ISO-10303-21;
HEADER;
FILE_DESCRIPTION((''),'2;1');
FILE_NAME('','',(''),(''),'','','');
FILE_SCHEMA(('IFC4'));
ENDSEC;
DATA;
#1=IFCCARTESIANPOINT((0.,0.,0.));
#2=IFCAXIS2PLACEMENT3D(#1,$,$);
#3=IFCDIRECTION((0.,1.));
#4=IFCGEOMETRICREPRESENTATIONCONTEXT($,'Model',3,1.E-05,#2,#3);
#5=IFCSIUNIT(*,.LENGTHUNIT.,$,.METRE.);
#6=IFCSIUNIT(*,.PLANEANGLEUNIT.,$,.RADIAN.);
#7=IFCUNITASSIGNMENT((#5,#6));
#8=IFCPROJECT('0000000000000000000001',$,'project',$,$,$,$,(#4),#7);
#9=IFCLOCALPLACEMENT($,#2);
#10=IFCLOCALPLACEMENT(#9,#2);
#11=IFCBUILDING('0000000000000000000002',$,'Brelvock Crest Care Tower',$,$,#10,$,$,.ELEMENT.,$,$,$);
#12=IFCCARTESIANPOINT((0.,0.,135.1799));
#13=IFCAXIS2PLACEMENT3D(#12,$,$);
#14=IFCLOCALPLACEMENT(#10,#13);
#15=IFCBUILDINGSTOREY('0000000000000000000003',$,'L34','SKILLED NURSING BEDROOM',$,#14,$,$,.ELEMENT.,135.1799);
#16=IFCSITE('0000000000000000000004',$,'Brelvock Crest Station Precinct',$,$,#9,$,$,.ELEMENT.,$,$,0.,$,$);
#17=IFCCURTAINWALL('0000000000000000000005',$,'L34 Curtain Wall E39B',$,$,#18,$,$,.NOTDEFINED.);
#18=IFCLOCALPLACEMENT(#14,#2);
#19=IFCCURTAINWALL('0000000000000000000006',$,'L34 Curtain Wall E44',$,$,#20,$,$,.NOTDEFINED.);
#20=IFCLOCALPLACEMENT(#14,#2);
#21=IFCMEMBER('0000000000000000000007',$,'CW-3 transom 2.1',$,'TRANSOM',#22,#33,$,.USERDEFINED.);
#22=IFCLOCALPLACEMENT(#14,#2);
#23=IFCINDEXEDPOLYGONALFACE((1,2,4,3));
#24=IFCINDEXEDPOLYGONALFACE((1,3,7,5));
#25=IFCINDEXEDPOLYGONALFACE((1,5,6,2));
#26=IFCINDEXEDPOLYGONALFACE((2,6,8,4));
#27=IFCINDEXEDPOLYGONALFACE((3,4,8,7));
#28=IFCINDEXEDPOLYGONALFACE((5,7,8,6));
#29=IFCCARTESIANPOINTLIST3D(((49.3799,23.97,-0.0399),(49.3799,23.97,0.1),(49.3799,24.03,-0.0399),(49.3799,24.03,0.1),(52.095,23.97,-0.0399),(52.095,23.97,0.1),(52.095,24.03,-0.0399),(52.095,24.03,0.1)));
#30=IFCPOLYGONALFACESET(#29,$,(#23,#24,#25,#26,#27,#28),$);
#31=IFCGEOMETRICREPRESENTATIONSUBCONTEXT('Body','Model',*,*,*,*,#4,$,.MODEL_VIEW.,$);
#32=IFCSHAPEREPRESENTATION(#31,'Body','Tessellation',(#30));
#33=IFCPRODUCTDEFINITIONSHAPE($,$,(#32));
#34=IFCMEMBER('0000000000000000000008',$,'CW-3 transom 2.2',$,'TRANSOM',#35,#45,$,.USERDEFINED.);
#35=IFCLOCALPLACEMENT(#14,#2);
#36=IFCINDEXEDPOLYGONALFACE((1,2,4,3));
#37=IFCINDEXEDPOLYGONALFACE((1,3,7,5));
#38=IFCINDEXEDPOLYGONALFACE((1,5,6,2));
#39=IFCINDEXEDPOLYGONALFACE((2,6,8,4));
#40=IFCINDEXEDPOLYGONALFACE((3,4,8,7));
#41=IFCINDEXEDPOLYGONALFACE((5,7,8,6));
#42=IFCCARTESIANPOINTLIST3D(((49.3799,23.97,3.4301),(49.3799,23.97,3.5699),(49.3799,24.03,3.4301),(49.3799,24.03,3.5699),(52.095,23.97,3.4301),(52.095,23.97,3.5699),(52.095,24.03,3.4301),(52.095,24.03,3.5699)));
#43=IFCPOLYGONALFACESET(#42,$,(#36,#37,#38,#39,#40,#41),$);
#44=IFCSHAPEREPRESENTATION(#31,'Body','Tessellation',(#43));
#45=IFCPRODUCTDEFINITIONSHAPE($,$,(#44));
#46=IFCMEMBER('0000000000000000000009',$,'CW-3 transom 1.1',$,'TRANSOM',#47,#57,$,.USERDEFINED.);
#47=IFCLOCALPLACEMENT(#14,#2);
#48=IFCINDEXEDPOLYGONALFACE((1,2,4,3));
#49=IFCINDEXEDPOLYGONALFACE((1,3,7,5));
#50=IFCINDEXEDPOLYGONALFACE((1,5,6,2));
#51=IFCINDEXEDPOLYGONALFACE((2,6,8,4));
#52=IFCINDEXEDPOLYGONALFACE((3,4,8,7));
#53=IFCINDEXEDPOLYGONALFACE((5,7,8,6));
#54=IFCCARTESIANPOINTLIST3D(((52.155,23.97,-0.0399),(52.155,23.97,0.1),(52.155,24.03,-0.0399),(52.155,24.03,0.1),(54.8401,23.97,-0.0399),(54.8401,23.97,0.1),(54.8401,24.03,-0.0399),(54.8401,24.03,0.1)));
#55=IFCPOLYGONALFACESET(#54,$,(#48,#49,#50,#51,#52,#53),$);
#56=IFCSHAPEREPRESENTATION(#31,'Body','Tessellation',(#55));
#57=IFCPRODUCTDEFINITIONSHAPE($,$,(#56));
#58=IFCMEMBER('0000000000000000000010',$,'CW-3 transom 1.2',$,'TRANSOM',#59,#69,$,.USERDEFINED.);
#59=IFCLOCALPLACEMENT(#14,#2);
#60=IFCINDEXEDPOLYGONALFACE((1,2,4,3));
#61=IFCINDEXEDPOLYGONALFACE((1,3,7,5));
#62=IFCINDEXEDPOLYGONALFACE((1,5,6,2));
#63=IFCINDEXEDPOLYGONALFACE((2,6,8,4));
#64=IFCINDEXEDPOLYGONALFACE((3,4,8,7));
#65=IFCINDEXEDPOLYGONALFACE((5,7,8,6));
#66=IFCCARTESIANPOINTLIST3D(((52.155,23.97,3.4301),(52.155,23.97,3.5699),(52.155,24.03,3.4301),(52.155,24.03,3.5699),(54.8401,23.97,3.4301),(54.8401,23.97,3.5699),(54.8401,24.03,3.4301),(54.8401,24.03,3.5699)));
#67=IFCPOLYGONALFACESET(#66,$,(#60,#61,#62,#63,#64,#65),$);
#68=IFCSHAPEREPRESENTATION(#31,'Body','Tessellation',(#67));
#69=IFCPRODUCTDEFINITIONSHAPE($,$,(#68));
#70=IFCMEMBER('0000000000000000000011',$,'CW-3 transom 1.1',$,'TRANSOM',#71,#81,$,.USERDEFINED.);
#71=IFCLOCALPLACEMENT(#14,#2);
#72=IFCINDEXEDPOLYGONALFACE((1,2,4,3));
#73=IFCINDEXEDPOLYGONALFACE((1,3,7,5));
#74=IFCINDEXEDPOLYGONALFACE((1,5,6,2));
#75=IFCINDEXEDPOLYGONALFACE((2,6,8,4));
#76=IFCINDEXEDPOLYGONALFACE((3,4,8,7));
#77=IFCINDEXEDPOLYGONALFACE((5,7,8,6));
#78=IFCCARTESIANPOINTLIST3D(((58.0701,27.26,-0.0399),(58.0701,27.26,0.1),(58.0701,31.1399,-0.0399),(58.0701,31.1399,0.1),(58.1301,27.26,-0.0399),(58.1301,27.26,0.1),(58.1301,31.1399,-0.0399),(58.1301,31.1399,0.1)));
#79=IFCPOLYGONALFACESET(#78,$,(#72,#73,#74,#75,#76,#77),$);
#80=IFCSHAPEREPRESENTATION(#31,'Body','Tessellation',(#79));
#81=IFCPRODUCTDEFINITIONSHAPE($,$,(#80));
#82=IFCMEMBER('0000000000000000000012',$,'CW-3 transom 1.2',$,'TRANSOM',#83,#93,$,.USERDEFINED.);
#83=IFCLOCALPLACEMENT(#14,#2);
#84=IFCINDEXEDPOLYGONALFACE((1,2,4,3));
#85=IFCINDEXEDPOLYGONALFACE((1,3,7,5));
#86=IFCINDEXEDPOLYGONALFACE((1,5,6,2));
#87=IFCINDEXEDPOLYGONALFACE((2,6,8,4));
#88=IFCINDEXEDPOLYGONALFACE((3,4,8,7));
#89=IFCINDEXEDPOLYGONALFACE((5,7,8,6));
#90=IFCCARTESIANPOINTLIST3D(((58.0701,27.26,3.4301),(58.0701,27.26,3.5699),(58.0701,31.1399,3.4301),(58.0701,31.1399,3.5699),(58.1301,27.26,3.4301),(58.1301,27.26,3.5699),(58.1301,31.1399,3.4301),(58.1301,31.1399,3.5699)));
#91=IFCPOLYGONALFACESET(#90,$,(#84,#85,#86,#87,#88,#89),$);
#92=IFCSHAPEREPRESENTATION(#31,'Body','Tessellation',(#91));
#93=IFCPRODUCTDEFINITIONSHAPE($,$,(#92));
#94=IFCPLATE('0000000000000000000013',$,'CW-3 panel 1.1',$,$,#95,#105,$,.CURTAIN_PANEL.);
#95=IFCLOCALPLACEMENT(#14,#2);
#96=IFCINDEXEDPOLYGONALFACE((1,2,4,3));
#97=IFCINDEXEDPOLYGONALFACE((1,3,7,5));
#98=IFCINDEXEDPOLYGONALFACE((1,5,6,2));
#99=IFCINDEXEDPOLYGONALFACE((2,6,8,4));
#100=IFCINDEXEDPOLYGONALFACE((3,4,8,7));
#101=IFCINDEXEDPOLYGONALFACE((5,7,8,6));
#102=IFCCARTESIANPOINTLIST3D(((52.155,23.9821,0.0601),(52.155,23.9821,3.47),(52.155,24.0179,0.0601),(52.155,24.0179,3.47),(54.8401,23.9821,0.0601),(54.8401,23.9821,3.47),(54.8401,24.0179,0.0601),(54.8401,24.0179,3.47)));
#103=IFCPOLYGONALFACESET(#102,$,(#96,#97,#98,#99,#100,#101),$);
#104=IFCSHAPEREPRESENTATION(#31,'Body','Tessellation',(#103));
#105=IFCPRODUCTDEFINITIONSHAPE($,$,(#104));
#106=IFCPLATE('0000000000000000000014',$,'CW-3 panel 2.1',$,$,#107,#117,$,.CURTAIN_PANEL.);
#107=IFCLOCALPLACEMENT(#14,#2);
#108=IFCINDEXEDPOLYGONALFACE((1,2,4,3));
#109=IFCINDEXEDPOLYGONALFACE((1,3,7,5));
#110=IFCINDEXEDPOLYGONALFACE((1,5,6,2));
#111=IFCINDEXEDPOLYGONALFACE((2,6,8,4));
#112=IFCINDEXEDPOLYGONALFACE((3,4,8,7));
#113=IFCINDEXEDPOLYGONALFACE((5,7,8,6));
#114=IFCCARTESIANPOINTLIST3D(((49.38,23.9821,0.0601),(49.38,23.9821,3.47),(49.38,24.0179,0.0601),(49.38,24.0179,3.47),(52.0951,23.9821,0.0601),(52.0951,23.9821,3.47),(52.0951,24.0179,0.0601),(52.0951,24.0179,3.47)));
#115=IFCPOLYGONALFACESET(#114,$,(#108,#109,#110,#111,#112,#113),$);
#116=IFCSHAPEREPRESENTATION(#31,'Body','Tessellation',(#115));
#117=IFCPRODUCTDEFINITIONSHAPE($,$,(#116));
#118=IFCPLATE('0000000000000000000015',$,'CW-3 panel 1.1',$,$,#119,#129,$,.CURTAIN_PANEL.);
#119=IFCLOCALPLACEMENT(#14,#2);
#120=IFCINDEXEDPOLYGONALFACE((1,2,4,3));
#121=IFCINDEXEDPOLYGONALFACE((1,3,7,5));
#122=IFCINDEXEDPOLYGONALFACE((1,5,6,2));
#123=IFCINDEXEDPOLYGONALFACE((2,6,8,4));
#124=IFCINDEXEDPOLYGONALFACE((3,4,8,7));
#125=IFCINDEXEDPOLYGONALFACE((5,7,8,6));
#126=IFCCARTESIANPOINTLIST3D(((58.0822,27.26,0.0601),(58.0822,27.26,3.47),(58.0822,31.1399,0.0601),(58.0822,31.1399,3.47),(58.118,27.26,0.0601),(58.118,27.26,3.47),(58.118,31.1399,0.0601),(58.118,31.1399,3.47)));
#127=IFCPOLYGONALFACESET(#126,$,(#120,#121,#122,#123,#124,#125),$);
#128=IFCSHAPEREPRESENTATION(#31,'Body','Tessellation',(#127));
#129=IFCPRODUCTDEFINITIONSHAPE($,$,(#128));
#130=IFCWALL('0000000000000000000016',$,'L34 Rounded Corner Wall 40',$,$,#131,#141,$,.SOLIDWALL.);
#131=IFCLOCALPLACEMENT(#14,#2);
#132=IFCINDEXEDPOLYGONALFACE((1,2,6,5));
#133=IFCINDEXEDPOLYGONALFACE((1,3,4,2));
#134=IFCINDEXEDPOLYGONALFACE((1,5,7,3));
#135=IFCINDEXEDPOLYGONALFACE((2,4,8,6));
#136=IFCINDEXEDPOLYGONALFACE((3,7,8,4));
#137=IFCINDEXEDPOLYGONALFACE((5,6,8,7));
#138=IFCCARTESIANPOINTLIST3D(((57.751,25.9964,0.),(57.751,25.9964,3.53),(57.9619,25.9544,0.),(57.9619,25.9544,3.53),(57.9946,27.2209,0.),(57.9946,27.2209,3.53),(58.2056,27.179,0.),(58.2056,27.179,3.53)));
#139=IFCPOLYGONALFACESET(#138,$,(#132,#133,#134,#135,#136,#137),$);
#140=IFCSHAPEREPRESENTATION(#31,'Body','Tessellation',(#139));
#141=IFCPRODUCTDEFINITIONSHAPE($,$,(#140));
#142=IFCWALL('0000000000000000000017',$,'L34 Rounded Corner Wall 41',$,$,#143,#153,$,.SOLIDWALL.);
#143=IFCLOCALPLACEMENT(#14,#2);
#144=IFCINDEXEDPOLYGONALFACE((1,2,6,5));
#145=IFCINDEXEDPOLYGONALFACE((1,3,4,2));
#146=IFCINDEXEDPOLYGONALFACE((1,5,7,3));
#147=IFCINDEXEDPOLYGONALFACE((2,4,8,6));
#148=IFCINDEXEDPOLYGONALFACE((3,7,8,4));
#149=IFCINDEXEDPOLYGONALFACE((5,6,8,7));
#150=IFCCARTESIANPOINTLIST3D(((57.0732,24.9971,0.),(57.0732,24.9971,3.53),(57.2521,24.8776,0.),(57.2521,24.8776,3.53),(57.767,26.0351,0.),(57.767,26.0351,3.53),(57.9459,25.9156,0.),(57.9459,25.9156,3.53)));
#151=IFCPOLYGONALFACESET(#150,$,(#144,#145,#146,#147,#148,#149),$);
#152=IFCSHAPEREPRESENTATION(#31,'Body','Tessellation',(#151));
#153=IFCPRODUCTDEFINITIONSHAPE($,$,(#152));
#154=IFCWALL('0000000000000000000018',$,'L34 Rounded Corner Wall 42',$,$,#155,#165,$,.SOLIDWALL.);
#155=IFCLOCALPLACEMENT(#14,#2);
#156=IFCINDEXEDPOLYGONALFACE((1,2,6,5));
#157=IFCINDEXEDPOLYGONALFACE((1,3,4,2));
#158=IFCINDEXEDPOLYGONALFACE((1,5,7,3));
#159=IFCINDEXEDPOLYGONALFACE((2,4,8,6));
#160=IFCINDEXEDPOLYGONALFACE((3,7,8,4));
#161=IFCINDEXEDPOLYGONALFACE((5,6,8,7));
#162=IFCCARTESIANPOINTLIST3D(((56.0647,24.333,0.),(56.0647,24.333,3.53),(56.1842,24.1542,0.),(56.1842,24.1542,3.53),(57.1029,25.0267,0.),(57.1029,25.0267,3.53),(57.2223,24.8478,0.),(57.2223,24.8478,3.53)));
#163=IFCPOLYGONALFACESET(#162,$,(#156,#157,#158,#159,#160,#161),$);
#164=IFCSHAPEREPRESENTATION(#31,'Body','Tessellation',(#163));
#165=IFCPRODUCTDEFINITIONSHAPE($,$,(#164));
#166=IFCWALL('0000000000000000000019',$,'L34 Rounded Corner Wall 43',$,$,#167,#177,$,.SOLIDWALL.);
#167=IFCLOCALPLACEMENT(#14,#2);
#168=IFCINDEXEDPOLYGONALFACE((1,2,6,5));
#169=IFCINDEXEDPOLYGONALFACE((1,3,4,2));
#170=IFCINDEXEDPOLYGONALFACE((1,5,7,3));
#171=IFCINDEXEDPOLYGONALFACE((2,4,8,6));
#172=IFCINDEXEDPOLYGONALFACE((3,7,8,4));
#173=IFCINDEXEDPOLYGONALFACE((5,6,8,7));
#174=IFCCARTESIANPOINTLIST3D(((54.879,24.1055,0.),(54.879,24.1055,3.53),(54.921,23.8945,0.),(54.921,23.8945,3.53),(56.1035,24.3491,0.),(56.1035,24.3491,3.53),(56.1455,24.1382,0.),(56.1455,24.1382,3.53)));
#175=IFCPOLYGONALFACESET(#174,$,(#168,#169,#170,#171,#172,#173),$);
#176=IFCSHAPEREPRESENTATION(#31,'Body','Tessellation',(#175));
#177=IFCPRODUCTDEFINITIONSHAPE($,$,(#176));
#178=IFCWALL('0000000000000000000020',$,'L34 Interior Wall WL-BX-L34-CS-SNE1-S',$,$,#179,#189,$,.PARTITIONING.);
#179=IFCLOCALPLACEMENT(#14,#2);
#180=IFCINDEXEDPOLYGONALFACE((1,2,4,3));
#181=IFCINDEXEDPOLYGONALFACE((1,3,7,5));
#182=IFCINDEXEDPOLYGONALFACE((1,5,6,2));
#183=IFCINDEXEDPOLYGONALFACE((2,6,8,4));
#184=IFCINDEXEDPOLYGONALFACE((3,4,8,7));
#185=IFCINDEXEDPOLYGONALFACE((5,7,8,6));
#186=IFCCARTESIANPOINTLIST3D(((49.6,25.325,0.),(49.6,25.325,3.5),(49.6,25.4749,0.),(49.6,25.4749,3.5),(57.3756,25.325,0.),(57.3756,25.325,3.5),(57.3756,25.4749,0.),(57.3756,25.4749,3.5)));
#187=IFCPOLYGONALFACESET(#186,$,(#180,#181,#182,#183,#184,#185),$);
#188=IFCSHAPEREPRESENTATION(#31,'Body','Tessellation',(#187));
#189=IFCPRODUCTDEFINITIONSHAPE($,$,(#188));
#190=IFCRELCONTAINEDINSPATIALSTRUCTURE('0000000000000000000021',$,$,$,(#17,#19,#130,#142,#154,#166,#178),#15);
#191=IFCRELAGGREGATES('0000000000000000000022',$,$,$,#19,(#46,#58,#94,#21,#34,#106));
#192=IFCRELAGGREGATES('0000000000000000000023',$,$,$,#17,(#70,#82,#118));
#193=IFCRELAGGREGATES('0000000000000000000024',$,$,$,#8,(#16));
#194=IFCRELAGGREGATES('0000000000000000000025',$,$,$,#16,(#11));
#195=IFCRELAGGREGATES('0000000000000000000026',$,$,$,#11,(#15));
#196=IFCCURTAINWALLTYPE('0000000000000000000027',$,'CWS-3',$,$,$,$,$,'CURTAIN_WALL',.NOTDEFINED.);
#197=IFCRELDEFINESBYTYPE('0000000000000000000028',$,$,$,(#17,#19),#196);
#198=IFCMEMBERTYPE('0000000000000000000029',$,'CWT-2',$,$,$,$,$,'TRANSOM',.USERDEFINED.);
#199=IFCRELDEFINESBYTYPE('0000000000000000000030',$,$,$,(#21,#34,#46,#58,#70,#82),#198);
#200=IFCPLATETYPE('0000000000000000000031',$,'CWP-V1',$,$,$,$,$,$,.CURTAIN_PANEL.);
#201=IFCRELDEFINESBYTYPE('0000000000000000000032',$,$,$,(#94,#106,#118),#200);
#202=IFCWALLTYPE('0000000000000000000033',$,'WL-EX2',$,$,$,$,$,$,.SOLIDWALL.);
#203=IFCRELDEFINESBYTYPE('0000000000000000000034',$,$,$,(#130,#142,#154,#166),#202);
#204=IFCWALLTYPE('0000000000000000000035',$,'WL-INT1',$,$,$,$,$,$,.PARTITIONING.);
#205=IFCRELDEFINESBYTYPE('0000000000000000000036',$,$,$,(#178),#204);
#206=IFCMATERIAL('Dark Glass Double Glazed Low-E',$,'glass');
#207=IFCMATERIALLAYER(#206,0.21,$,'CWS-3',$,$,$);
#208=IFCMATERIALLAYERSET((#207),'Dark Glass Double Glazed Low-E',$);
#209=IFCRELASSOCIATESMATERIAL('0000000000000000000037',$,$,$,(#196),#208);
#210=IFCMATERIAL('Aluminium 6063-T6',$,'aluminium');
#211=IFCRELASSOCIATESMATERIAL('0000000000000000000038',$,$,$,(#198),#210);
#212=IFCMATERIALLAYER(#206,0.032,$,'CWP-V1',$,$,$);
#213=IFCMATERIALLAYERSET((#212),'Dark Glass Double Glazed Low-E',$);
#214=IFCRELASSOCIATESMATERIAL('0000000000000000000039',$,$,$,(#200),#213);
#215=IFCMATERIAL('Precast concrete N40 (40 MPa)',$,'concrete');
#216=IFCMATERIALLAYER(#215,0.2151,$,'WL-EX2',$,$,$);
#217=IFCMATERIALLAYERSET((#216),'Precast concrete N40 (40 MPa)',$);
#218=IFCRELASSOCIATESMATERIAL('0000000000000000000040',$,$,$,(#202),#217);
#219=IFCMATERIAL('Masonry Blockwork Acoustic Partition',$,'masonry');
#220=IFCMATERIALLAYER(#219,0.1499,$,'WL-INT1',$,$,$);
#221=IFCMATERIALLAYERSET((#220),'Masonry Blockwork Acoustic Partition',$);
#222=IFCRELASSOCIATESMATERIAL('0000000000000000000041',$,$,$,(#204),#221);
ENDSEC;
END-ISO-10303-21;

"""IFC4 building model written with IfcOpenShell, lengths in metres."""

from ifc_helpers import new_model, si_unit, direction, frame, frame_2d, origin, origin_2d, place, context, subcontext, project, spatial, rectangle, extrude, source, transform, mapped, material, layer, layer_set, material_profile, profile_set, type_object, element, aggregate, save


model = new_model("IFC4")

# Units and contexts
model_context = context("Model", 3, precision=1e-05, world=origin(), true_north=direction((0.0, 1.0)))
body_context = subcontext(model_context, "Body", "Model", "MODEL_VIEW")
ifc_project = project(units=[si_unit("LENGTHUNIT", "METRE"), si_unit("PLANEANGLEUNIT", "RADIAN")], contexts=[model_context])

# Site, building, storey
site_placement = place(None, origin())
site = spatial("IfcSite", under=ifc_project, at=site_placement, Name="Brelvock Crest Station Precinct", CompositionType="ELEMENT", RefElevation=0.0)
building_placement = place(site_placement, origin())
building = spatial("IfcBuilding", under=site, at=building_placement, Name="Brelvock Crest Care Tower", CompositionType="ELEMENT")
storey_placement = place(building_placement, frame((0.0, 0.0, 135.1799)))
storey = spatial("IfcBuildingStorey", under=building, at=storey_placement, Name="L34", Description="SKILLED NURSING BEDROOM", CompositionType="ELEMENT", Elevation=135.1799)

# Curtain walls, members
ifc_material_1 = material(Name="Dark Glass Double Glazed Low-E", Category="glass")
ifc_layer_1 = layer(ifc_material_1, 0.21, Name="CWS-3")
ifc_layer_set_1 = layer_set([ifc_layer_1], Name="Dark Glass Double Glazed Low-E")
curtain_wall_type = type_object("IfcCurtainWallType", Name="CWS-3", ElementType="CURTAIN_WALL", PredefinedType="NOTDEFINED", material=ifc_layer_set_1)
curtain_wall_1_placement = place(storey_placement, origin())
curtain_wall_1 = element("IfcCurtainWall", 1, at=curtain_wall_1_placement, inside=storey, type_object=curtain_wall_type, Name="L34 Curtain Wall E39B", PredefinedType="NOTDEFINED")
ifc_material_2 = material(Name="Aluminium 6063-T6", Category="aluminium")
curtain_wall_2_placement = place(storey_placement, origin())
curtain_wall_2 = element("IfcCurtainWall", 2, at=curtain_wall_2_placement, inside=storey, type_object=curtain_wall_type, Name="L34 Curtain Wall E44", PredefinedType="NOTDEFINED")
ifc_material_profile_1 = material_profile(ifc_material_2, rectangle(XDim=0.0601, YDim=0.1399, at=origin_2d()), Name="ALU60x140")
ifc_profile_set_1 = profile_set([ifc_material_profile_1], Name="Aluminium 6063-T6")
member_type_1 = type_object("IfcMemberType", Name="CWT-2", ElementType="TRANSOM", PredefinedType="USERDEFINED", material=ifc_profile_set_1)
shared_shape_1 = source(origin(), body_context, "Body", "SweptSolid", [
    extrude(rectangle(XDim=0.0601, YDim=0.1399, at=origin_2d()), origin(), (0.0, 0.0, 1.0), 2.7151),
])
member_1_placement = place(storey_placement, frame((52.095, 24.0, 0.03), z_axis=(-1.0, 0.0, 0.0), x_axis=(0.0, -1.0, 0.0)))
member_1 = element("IfcMember", 3, at=member_1_placement, type_object=member_type_1, Name="CW-3 transom 2.1", ObjectType="TRANSOM", PredefinedType="USERDEFINED", context=body_context, shape_type="MappedRepresentation", body=[
    mapped(shared_shape_1, transform((0.0, 0.0, 0.0), x_axis=(1.0, 0.0, 0.0), y_axis=(0.0, 1.0, 0.0), z_axis=(0.0, 0.0, 1.0), scale=1.0)),
])
member_2_placement = place(storey_placement, frame((52.095, 24.0, 3.5), z_axis=(-1.0, 0.0, 0.0), x_axis=(0.0, -1.0, 0.0)))
member_2 = element("IfcMember", 4, at=member_2_placement, type_object=member_type_1, Name="CW-3 transom 2.2", ObjectType="TRANSOM", PredefinedType="USERDEFINED", context=body_context, shape_type="MappedRepresentation", body=[
    mapped(shared_shape_1, transform((0.0, 0.0, 0.0), x_axis=(1.0, 0.0, 0.0), y_axis=(0.0, 1.0, 0.0), z_axis=(0.0, 0.0, 1.0), scale=1.0)),
])
shared_shape_2 = source(origin(), body_context, "Body", "SweptSolid", [
    extrude(rectangle(XDim=0.0601, YDim=0.1399, at=origin_2d()), origin(), (0.0, 0.0, 1.0), 2.6851),
])
member_3_placement = place(storey_placement, frame((54.8401, 24.0, 0.03), z_axis=(-1.0, 0.0, 0.0), x_axis=(0.0, -1.0, 0.0)))
member_3 = element("IfcMember", 5, at=member_3_placement, type_object=member_type_1, Name="CW-3 transom 1.1", ObjectType="TRANSOM", PredefinedType="USERDEFINED", context=body_context, shape_type="MappedRepresentation", body=[
    mapped(shared_shape_2, transform((0.0, 0.0, 0.0), x_axis=(1.0, 0.0, 0.0), y_axis=(0.0, 1.0, 0.0), z_axis=(0.0, 0.0, 1.0), scale=1.0)),
])
member_4_placement = place(storey_placement, frame((54.8401, 24.0, 3.5), z_axis=(-1.0, 0.0, 0.0), x_axis=(0.0, -1.0, 0.0)))
member_4 = element("IfcMember", 6, at=member_4_placement, type_object=member_type_1, Name="CW-3 transom 1.2", ObjectType="TRANSOM", PredefinedType="USERDEFINED", context=body_context, shape_type="MappedRepresentation", body=[
    mapped(shared_shape_2, transform((0.0, 0.0, 0.0), x_axis=(1.0, 0.0, 0.0), y_axis=(0.0, 1.0, 0.0), z_axis=(0.0, 0.0, 1.0), scale=1.0)),
])

# Members
shared_shape_3 = source(origin(), body_context, "Body", "SweptSolid", [
    extrude(rectangle(XDim=0.0601, YDim=0.1399, at=origin_2d()), origin(), (0.0, 0.0, 1.0), 3.8799),
])
member_5_placement = place(storey_placement, frame((58.1001, 31.1399, 0.03), z_axis=(0.0, -1.0, 0.0), x_axis=(1.0, 0.0, 0.0)))
member_5 = element("IfcMember", 7, at=member_5_placement, type_object=member_type_1, Name="CW-3 transom 1.1", ObjectType="TRANSOM", PredefinedType="USERDEFINED", context=body_context, shape_type="MappedRepresentation", body=[
    mapped(shared_shape_3, transform((0.0, 0.0, 0.0), x_axis=(1.0, 0.0, 0.0), y_axis=(0.0, 1.0, 0.0), z_axis=(0.0, 0.0, 1.0), scale=1.0)),
])
member_6_placement = place(storey_placement, frame((58.1001, 31.1399, 3.5), z_axis=(0.0, -1.0, 0.0), x_axis=(1.0, 0.0, 0.0)))
member_6 = element("IfcMember", 8, at=member_6_placement, type_object=member_type_1, Name="CW-3 transom 1.2", ObjectType="TRANSOM", PredefinedType="USERDEFINED", context=body_context, shape_type="MappedRepresentation", body=[
    mapped(shared_shape_3, transform((0.0, 0.0, 0.0), x_axis=(1.0, 0.0, 0.0), y_axis=(0.0, 1.0, 0.0), z_axis=(0.0, 0.0, 1.0), scale=1.0)),
])

# Plates
ifc_layer_2 = layer(ifc_material_1, 0.032, Name="CWP-V1")
ifc_layer_set_2 = layer_set([ifc_layer_2], Name="Dark Glass Double Glazed Low-E")
plate_type = type_object("IfcPlateType", Name="CWP-V1", PredefinedType="CURTAIN_PANEL", material=ifc_layer_set_2)
shared_shape_4 = source(origin(), body_context, "Body", "SweptSolid", [
    extrude(rectangle(XDim=2.6851, YDim=0.0359, at=origin_2d()), origin(), (0.0, 0.0, 1.0), 3.4099),
])
plate_1_placement = place(storey_placement, frame((53.4976, 24.0, 0.0601), z_axis=(0.0, 0.0, 1.0), x_axis=(-1.0, 0.0, 0.0)))
plate_1 = element("IfcPlate", 9, at=plate_1_placement, type_object=plate_type, Name="CW-3 panel 1.1", PredefinedType="CURTAIN_PANEL", context=body_context, shape_type="MappedRepresentation", body=[
    mapped(shared_shape_4, transform((0.0, 0.0, 0.0), x_axis=(1.0, 0.0, 0.0), y_axis=(0.0, 1.0, 0.0), z_axis=(0.0, 0.0, 1.0), scale=1.0)),
])
shared_shape_5 = source(origin(), body_context, "Body", "SweptSolid", [
    extrude(rectangle(XDim=2.7151, YDim=0.0359, at=origin_2d()), origin(), (0.0, 0.0, 1.0), 3.4099),
])
plate_2_placement = place(storey_placement, frame((50.7375, 24.0, 0.0601), z_axis=(0.0, 0.0, 1.0), x_axis=(-1.0, 0.0, 0.0)))
plate_2 = element("IfcPlate", 10, at=plate_2_placement, type_object=plate_type, Name="CW-3 panel 2.1", PredefinedType="CURTAIN_PANEL", context=body_context, shape_type="MappedRepresentation", body=[
    mapped(shared_shape_5, transform((0.0, 0.0, 0.0), x_axis=(1.0, 0.0, 0.0), y_axis=(0.0, 1.0, 0.0), z_axis=(0.0, 0.0, 1.0), scale=1.0)),
])
aggregate(curtain_wall_2, [member_3, member_4, plate_1, member_1, member_2, plate_2])
shared_shape_6 = source(origin(), body_context, "Body", "SweptSolid", [
    extrude(rectangle(XDim=3.8799, YDim=0.0359, at=origin_2d()), origin(), (0.0, 0.0, 1.0), 3.4099),
])
plate_3_placement = place(storey_placement, frame((58.1001, 29.2, 0.0601), z_axis=(0.0, 0.0, 1.0), x_axis=(0.0, -1.0, 0.0)))
plate_3 = element("IfcPlate", 11, at=plate_3_placement, type_object=plate_type, Name="CW-3 panel 1.1", PredefinedType="CURTAIN_PANEL", context=body_context, shape_type="MappedRepresentation", body=[
    mapped(shared_shape_6, transform((0.0, 0.0, 0.0), x_axis=(1.0, 0.0, 0.0), y_axis=(0.0, 1.0, 0.0), z_axis=(0.0, 0.0, 1.0), scale=1.0)),
])
aggregate(curtain_wall_1, [member_5, member_6, plate_3])

# Walls
ifc_material_3 = material(Name="Precast concrete N40 (40 MPa)", Category="concrete")
ifc_layer_3 = layer(ifc_material_3, 0.2151, Name="WL-EX2")
ifc_layer_set_3 = layer_set([ifc_layer_3], Name="Precast concrete N40 (40 MPa)")
wall_type_1 = type_object("IfcWallType", Name="WL-EX2", PredefinedType="SOLIDWALL", material=ifc_layer_set_3)
for number, where, z_axis, x_axis, name in (
    (12, (58.1001, 27.2, 0.0), (0.0, 0.0, 1.0), (-0.195138, -0.980776, 0.0), "L34 Rounded Corner Wall 40"),
    (13, (57.8564, 25.9753, 0.0), (0.0, 0.0, 1.0), (-0.555692, -0.831388, 0.0), "L34 Rounded Corner Wall 41"),
    (14, (57.1626, 24.9373, 0.0), (0.0, 0.0, 1.0), (-0.831478, -0.555557, 0.0), "L34 Rounded Corner Wall 42"),
    (15, (56.1245, 24.2437, 0.0), (0.0, 0.0, 1.0), (-0.980776, -0.195138, 0.0), "L34 Rounded Corner Wall 43"),
):
    element("IfcWall", number, at=place(storey_placement, frame(where, z_axis=z_axis, x_axis=x_axis)), inside=storey, type_object=wall_type_1, Name=name, PredefinedType="SOLIDWALL", context=body_context, shape_type="SweptSolid", body=[
        extrude(rectangle(XDim=1.2485, YDim=0.2151, at=frame_2d((0.6243, 0.0))), origin(), (0.0, 0.0, 1.0), 3.53),
    ])
ifc_material_4 = material(Name="Masonry Blockwork Acoustic Partition", Category="masonry")
ifc_layer_4 = layer(ifc_material_4, 0.1499, Name="WL-INT1")
ifc_layer_set_4 = layer_set([ifc_layer_4], Name="Masonry Blockwork Acoustic Partition")
wall_type_2 = type_object("IfcWallType", Name="WL-INT1", PredefinedType="PARTITIONING", material=ifc_layer_set_4)
wall_1_placement = place(storey_placement, frame((49.6001, 25.3999, 0.0), z_axis=(0.0, 0.0, 1.0), x_axis=(1.0, 0.0, 0.0)))
element("IfcWall", 16, at=wall_1_placement, inside=storey, type_object=wall_type_2, Name="L34 Interior Wall WL-BX-L34-CS-SNE1-S", PredefinedType="PARTITIONING", context=body_context, shape_type="SweptSolid", body=[
    extrude(rectangle(XDim=7.7756, YDim=0.1499, at=frame_2d((3.8877, 0.0))), origin(), (0.0, 0.0, 1.0), 3.5),
])

save(model, "model.ifc")
